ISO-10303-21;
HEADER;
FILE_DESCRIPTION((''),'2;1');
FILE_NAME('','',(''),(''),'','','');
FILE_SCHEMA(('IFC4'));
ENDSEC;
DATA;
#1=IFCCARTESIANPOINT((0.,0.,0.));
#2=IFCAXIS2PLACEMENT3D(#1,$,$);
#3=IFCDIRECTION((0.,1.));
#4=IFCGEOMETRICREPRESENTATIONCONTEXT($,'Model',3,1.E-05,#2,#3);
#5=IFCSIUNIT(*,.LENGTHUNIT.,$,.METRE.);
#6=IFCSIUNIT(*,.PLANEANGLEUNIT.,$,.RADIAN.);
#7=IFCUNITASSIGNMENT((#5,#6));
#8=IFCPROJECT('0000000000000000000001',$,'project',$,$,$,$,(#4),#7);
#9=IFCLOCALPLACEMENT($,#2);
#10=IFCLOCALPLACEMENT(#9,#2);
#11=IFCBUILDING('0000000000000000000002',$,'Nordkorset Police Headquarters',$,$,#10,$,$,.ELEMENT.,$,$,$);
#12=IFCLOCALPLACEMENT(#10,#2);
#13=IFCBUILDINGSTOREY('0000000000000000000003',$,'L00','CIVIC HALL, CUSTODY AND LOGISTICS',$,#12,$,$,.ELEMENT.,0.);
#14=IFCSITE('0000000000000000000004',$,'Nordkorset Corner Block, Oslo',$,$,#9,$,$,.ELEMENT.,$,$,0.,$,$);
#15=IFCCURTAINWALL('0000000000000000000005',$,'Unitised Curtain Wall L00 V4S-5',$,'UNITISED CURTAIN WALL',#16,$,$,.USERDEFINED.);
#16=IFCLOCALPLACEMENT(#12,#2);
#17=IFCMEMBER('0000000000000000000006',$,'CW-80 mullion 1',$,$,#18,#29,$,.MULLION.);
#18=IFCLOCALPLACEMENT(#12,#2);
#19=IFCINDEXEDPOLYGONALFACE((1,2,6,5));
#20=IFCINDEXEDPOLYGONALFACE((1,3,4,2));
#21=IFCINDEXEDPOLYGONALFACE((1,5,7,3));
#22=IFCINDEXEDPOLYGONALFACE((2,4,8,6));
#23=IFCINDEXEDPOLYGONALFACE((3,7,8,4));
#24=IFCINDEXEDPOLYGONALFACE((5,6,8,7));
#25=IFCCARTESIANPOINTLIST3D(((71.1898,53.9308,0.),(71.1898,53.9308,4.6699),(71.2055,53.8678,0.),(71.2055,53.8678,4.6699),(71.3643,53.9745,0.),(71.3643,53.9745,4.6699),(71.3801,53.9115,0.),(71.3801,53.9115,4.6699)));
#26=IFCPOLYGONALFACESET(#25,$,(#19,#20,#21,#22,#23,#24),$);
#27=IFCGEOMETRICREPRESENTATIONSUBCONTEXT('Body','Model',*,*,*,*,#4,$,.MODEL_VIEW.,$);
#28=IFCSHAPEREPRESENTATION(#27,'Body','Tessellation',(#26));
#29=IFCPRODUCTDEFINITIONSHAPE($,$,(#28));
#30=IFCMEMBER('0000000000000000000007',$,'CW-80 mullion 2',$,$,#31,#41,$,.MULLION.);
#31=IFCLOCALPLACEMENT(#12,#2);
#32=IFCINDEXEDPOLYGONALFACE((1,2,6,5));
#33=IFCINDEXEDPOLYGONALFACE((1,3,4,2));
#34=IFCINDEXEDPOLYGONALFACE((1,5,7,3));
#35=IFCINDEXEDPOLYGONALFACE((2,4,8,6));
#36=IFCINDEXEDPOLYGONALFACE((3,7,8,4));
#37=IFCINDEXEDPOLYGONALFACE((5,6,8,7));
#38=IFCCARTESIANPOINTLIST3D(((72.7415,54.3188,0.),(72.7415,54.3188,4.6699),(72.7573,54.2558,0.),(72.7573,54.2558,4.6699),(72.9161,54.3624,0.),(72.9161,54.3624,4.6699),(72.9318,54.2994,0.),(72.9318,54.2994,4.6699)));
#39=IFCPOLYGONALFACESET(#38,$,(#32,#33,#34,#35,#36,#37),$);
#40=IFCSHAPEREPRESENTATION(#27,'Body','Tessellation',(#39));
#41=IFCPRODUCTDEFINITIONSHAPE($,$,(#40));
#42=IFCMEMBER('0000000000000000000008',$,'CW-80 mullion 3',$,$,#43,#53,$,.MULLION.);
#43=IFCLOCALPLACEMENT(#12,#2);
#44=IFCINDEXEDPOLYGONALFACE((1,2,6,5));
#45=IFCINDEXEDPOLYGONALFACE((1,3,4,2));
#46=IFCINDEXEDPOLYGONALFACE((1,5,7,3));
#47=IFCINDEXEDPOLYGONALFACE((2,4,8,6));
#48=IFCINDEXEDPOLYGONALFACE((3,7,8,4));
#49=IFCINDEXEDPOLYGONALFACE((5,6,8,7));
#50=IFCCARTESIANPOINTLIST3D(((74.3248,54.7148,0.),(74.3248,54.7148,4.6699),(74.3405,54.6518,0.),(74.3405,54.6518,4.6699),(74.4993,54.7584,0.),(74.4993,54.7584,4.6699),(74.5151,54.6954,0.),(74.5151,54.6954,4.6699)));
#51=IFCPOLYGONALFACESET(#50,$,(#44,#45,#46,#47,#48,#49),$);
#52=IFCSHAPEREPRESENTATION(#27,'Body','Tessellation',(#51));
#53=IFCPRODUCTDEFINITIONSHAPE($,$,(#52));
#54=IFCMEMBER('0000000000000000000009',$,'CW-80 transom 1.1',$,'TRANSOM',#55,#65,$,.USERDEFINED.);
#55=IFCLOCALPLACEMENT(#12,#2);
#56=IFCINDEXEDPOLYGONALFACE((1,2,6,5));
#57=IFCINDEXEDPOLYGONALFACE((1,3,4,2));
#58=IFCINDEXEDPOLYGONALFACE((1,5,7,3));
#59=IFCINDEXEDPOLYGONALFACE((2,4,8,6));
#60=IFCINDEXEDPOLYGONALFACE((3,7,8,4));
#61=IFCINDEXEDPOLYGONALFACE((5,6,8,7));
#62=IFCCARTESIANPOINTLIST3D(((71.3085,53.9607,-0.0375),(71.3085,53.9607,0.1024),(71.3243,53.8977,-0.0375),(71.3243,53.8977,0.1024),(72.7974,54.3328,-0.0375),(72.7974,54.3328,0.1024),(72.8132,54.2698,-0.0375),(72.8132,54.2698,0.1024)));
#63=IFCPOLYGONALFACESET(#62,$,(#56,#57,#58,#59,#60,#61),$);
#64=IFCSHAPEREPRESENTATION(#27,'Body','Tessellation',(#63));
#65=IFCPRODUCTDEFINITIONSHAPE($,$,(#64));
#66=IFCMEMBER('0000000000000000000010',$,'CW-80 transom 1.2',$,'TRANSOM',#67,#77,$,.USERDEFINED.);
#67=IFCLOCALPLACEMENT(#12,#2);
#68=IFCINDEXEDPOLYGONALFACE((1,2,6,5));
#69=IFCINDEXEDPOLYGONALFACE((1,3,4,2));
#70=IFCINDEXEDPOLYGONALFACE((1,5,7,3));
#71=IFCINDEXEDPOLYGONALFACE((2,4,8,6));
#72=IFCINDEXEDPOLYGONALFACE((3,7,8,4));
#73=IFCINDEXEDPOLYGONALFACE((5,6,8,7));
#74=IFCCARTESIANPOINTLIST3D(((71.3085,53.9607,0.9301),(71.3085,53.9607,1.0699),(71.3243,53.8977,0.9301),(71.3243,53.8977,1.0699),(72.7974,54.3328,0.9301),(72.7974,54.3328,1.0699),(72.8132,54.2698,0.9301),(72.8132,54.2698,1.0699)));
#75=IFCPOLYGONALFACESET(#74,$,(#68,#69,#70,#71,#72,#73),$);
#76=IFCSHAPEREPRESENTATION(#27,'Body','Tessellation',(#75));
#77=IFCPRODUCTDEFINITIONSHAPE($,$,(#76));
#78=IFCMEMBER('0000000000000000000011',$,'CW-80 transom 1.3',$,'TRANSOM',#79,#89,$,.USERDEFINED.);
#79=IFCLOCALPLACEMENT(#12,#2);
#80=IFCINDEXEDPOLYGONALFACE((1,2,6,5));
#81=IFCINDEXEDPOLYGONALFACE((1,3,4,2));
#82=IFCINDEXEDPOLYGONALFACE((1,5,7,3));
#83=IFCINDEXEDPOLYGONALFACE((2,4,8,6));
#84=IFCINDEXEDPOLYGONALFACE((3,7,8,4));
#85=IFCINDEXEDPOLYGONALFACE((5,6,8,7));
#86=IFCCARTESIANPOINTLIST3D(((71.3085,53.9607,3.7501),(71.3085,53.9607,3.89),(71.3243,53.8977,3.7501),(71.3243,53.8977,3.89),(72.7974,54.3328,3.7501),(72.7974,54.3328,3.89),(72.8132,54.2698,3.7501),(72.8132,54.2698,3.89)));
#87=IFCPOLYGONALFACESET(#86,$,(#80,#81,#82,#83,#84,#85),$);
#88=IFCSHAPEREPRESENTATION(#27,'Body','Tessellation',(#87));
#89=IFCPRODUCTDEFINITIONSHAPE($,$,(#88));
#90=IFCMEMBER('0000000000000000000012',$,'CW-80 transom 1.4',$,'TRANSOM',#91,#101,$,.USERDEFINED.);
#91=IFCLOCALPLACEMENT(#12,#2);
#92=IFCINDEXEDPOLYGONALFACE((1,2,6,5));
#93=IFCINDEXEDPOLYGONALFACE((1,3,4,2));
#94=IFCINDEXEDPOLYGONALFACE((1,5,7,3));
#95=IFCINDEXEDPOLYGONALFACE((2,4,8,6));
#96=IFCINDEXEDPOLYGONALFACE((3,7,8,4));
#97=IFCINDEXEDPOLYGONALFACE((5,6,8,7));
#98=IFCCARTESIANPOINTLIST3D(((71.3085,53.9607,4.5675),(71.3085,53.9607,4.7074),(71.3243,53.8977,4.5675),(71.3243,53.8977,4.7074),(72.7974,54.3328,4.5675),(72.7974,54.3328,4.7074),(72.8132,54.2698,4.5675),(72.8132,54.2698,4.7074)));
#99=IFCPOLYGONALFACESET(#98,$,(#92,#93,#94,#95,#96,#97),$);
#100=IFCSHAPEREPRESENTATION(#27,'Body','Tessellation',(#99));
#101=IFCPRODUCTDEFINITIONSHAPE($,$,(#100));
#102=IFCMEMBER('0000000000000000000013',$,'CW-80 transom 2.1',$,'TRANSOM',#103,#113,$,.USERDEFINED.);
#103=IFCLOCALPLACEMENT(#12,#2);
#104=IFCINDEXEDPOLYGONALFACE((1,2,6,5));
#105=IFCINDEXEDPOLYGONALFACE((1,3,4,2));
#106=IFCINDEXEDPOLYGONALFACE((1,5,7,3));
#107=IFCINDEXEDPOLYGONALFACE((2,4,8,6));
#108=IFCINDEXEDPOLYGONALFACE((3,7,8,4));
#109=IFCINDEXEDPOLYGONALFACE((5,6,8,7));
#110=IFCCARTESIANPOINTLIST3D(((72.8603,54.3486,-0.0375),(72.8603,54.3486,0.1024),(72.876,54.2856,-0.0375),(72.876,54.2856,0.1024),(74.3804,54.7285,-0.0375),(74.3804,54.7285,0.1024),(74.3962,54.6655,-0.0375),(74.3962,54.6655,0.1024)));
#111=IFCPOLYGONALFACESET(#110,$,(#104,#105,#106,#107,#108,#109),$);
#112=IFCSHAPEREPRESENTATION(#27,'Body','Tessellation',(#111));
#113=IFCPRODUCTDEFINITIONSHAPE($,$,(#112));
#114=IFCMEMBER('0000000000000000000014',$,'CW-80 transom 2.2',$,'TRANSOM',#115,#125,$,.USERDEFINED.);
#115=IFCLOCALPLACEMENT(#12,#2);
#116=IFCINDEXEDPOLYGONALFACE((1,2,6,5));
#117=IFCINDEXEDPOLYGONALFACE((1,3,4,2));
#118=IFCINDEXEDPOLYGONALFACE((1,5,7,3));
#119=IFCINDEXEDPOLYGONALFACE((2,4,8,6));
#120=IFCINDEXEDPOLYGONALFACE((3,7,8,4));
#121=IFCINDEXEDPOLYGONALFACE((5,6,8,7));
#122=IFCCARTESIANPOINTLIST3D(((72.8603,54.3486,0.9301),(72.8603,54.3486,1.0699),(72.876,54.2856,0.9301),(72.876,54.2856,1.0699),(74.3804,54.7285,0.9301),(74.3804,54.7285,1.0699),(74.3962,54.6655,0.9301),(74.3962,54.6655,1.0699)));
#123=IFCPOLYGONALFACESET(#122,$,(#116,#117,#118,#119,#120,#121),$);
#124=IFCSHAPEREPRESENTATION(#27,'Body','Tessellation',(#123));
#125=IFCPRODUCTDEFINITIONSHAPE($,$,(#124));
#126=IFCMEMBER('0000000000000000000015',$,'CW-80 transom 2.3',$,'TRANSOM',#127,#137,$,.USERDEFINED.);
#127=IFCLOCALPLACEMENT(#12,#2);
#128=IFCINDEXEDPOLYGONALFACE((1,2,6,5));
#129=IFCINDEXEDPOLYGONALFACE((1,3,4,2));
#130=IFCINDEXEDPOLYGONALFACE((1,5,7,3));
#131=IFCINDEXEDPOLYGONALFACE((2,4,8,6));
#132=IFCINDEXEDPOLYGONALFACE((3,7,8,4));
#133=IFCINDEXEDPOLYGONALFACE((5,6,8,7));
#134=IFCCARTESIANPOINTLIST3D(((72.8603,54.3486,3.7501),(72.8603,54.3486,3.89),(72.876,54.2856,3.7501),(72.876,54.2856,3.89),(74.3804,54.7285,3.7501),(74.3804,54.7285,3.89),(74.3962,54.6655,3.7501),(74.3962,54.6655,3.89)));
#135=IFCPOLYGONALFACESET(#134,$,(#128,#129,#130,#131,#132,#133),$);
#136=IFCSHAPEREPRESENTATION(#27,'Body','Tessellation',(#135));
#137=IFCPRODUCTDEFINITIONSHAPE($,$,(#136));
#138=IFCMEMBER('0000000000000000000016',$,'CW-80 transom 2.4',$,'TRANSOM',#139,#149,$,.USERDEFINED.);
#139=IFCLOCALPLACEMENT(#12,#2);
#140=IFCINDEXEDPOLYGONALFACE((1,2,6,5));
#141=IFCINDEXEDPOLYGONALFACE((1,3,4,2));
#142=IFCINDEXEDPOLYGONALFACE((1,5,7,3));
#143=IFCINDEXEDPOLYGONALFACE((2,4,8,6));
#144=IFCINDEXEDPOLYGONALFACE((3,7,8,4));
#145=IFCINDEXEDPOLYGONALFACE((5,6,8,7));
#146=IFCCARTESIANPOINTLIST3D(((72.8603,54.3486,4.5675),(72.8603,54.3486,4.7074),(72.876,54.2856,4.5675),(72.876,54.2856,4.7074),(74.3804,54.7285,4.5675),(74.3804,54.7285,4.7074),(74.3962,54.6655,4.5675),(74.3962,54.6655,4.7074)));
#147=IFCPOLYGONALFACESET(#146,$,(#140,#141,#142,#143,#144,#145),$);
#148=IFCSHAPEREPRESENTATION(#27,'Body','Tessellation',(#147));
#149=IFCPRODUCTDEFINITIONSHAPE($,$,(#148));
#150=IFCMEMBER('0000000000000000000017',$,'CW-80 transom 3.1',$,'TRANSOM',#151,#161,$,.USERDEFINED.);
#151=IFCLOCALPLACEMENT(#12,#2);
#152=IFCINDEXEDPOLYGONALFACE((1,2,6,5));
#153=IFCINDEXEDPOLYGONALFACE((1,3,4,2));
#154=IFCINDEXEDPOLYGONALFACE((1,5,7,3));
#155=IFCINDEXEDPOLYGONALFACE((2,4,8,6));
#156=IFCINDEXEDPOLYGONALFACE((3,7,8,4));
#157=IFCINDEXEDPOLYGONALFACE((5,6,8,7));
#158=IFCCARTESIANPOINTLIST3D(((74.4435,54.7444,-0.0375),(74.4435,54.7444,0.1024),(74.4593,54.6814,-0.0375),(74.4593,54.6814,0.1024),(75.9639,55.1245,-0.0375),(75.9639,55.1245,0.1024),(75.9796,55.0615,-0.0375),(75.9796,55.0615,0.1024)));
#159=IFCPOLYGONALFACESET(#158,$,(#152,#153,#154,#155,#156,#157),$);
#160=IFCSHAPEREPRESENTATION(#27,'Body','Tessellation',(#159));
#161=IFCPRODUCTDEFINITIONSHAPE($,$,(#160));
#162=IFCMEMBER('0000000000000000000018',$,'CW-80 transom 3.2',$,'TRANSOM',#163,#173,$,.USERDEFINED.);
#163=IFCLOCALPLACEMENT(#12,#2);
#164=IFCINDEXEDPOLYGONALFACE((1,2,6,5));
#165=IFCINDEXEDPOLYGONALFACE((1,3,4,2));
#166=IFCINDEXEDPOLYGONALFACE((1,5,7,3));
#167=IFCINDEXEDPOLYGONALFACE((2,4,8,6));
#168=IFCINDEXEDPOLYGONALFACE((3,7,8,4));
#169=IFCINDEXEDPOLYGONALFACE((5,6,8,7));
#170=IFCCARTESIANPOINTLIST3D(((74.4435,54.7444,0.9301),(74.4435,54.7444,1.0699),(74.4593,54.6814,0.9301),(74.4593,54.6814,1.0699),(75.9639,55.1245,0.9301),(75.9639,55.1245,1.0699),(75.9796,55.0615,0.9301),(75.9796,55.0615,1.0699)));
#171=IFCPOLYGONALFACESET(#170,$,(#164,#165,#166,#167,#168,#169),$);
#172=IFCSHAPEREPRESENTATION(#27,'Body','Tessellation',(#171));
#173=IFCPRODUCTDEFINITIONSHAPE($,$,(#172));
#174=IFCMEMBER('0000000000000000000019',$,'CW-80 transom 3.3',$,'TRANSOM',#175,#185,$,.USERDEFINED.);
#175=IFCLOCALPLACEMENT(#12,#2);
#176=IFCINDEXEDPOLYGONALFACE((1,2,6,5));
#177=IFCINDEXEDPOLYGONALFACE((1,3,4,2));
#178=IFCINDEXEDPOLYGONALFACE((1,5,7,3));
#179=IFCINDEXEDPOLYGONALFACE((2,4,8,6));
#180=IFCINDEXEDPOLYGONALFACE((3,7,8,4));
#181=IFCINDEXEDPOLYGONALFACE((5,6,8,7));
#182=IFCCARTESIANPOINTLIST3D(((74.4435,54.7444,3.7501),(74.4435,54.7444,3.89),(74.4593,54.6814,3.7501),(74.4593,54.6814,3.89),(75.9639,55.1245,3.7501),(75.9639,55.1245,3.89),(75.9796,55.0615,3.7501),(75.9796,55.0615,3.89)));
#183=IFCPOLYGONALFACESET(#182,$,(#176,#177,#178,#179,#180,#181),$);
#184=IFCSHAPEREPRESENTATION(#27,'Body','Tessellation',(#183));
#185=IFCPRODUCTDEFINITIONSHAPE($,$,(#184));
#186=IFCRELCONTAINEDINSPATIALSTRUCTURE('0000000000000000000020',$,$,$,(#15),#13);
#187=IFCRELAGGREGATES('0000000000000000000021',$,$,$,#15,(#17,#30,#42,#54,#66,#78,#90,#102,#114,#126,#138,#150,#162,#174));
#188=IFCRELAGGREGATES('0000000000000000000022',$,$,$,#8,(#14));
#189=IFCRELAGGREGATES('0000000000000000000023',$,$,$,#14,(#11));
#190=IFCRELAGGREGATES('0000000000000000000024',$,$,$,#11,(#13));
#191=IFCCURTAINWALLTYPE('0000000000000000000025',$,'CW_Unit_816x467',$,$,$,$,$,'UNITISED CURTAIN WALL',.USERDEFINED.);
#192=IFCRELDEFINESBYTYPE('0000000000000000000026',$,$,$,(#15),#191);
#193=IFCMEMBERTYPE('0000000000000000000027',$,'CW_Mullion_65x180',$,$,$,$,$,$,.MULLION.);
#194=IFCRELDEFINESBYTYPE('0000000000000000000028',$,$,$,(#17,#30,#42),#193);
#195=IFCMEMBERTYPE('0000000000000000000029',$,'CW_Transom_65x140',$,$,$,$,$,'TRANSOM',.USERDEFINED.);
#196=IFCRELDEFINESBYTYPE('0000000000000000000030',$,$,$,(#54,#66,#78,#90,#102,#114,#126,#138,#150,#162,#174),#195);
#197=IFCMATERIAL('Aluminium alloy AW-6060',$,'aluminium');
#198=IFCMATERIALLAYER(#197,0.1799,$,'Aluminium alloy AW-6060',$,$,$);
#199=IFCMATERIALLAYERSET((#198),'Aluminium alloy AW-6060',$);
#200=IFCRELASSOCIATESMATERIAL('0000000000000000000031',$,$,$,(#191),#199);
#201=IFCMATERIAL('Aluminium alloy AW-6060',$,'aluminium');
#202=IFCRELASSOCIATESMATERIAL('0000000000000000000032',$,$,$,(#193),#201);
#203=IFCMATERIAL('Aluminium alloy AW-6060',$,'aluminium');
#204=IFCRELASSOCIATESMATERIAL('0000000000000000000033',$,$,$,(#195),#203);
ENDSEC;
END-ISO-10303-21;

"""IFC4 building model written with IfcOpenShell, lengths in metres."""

from ifc_helpers import new_model, si_unit, direction, frame, origin, origin_2d, place, context, subcontext, project, spatial, rectangle, extrude, material, layer, layer_set, material_profile, profile_set, type_object, element, aggregate, save


model = new_model("IFC4")

# Units and contexts
model_context = context("Model", 3, precision=1e-05, world=origin(), true_north=direction((0.0, 1.0)))
body_context = subcontext(model_context, "Body", "Model", "MODEL_VIEW")
ifc_project = project(units=[si_unit("LENGTHUNIT", "METRE"), si_unit("PLANEANGLEUNIT", "RADIAN")], contexts=[model_context])

# Site, building, storey
site_placement = place(None, origin())
site = spatial("IfcSite", under=ifc_project, at=site_placement, Name="Nordkorset Corner Block, Oslo", CompositionType="ELEMENT", RefElevation=0.0)
building_placement = place(site_placement, origin())
building = spatial("IfcBuilding", under=site, at=building_placement, Name="Nordkorset Police Headquarters", CompositionType="ELEMENT")
storey_placement = place(building_placement, origin())
storey = spatial("IfcBuildingStorey", under=building, at=storey_placement, Name="L00", Description="CIVIC HALL, CUSTODY AND LOGISTICS", CompositionType="ELEMENT", Elevation=0.0)

# Curtain wall, members
ifc_material_1 = material(Name="Aluminium alloy AW-6060", Category="aluminium")
ifc_layer_1 = layer(ifc_material_1, 0.1799, Name="Aluminium alloy AW-6060")
ifc_layer_set_1 = layer_set([ifc_layer_1], Name="Aluminium alloy AW-6060")
curtain_wall_type = type_object("IfcCurtainWallType", Name="CW_Unit_816x467", ElementType="UNITISED CURTAIN WALL", PredefinedType="USERDEFINED", material=ifc_layer_set_1)
curtain_wall_placement = place(storey_placement, origin())
curtain_wall = element("IfcCurtainWall", 1, at=curtain_wall_placement, inside=storey, type_object=curtain_wall_type, Name="Unitised Curtain Wall L00 V4S-5", ObjectType="UNITISED CURTAIN WALL", PredefinedType="USERDEFINED")
ifc_material_2 = material(Name="Aluminium alloy AW-6060", Category="aluminium")
ifc_material_profile_1 = material_profile(ifc_material_2, rectangle(XDim=0.0649, YDim=0.1799, at=origin_2d()), Name="ALU MULL 65x180")
ifc_profile_set_1 = profile_set([ifc_material_profile_1], Name="Aluminium alloy AW-6060")
member_type_1 = type_object("IfcMemberType", Name="CW_Mullion_65x180", PredefinedType="MULLION", material=ifc_profile_set_1)
member_1_placement = place(storey_placement, frame((71.2849, 53.9211, 0.0), z_axis=(0.0, 0.0, 1.0), x_axis=(-0.242536, 0.970143, 0.0)))
member_1 = element("IfcMember", 2, at=member_1_placement, type_object=member_type_1, Name="CW-80 mullion 1", PredefinedType="MULLION", context=body_context, shape_type="SweptSolid", body=[
    extrude(rectangle(XDim=0.0649, YDim=0.1799, at=origin_2d()), origin(), (0.0, 0.0, 1.0), 4.6699),
])
member_2_placement = place(storey_placement, frame((72.8367, 54.3091, 0.0), z_axis=(0.0, 0.0, 1.0), x_axis=(-0.242536, 0.970143, 0.0)))
member_2 = element("IfcMember", 3, at=member_2_placement, type_object=member_type_1, Name="CW-80 mullion 2", PredefinedType="MULLION", context=body_context, shape_type="SweptSolid", body=[
    extrude(rectangle(XDim=0.0649, YDim=0.1799, at=origin_2d()), origin(), (0.0, 0.0, 1.0), 4.6699),
])
member_3_placement = place(storey_placement, frame((74.4199, 54.7051, 0.0), z_axis=(0.0, 0.0, 1.0), x_axis=(-0.242536, 0.970143, 0.0)))
member_3 = element("IfcMember", 4, at=member_3_placement, type_object=member_type_1, Name="CW-80 mullion 3", PredefinedType="MULLION", context=body_context, shape_type="SweptSolid", body=[
    extrude(rectangle(XDim=0.0649, YDim=0.1799, at=origin_2d()), origin(), (0.0, 0.0, 1.0), 4.6699),
])
ifc_material_3 = material(Name="Aluminium alloy AW-6060", Category="aluminium")
ifc_material_profile_2 = material_profile(ifc_material_3, rectangle(XDim=0.0649, YDim=0.1399, at=origin_2d()), Name="ALU TRAN 65x140")
ifc_profile_set_2 = profile_set([ifc_material_profile_2], Name="Aluminium alloy AW-6060")
member_type_2 = type_object("IfcMemberType", Name="CW_Transom_65x140", ElementType="TRANSOM", PredefinedType="USERDEFINED", material=ifc_profile_set_2)
member_4_placement = place(storey_placement, frame((71.3164, 53.9292, 0.0325), z_axis=(0.970161, 0.242461, 0.0), x_axis=(-0.242461, 0.970161, 0.0)))
member_4 = element("IfcMember", 5, at=member_4_placement, type_object=member_type_2, Name="CW-80 transom 1.1", ObjectType="TRANSOM", PredefinedType="USERDEFINED", context=body_context, shape_type="SweptSolid", body=[
    extrude(rectangle(XDim=0.0649, YDim=0.1399, at=origin_2d()), origin(), (0.0, 0.0, 1.0), 1.5347),
])
member_5_placement = place(storey_placement, frame((71.3164, 53.9292, 1.0), z_axis=(0.970161, 0.242461, 0.0), x_axis=(-0.242461, 0.970161, 0.0)))
member_5 = element("IfcMember", 6, at=member_5_placement, type_object=member_type_2, Name="CW-80 transom 1.2", ObjectType="TRANSOM", PredefinedType="USERDEFINED", context=body_context, shape_type="SweptSolid", body=[
    extrude(rectangle(XDim=0.0649, YDim=0.1399, at=origin_2d()), origin(), (0.0, 0.0, 1.0), 1.5347),
])
member_6_placement = place(storey_placement, frame((71.3164, 53.9292, 3.8201), z_axis=(0.970161, 0.242461, 0.0), x_axis=(-0.242461, 0.970161, 0.0)))
member_6 = element("IfcMember", 7, at=member_6_placement, type_object=member_type_2, Name="CW-80 transom 1.3", ObjectType="TRANSOM", PredefinedType="USERDEFINED", context=body_context, shape_type="SweptSolid", body=[
    extrude(rectangle(XDim=0.0649, YDim=0.1399, at=origin_2d()), origin(), (0.0, 0.0, 1.0), 1.5347),
])
member_7_placement = place(storey_placement, frame((71.3164, 53.9292, 4.6375), z_axis=(0.970161, 0.242461, 0.0), x_axis=(-0.242461, 0.970161, 0.0)))
member_7 = element("IfcMember", 8, at=member_7_placement, type_object=member_type_2, Name="CW-80 transom 1.4", ObjectType="TRANSOM", PredefinedType="USERDEFINED", context=body_context, shape_type="SweptSolid", body=[
    extrude(rectangle(XDim=0.0649, YDim=0.1399, at=origin_2d()), origin(), (0.0, 0.0, 1.0), 1.5347),
])
member_8_placement = place(storey_placement, frame((72.8682, 54.3171, 0.0325), z_axis=(0.97017, 0.242426, 0.0), x_axis=(-0.242426, 0.97017, 0.0)))
member_8 = element("IfcMember", 9, at=member_8_placement, type_object=member_type_2, Name="CW-80 transom 2.1", ObjectType="TRANSOM", PredefinedType="USERDEFINED", context=body_context, shape_type="SweptSolid", body=[
    extrude(rectangle(XDim=0.0649, YDim=0.1399, at=origin_2d()), origin(), (0.0, 0.0, 1.0), 1.5669),
])
member_9_placement = place(storey_placement, frame((72.8682, 54.3171, 1.0), z_axis=(0.97017, 0.242426, 0.0), x_axis=(-0.242426, 0.97017, 0.0)))
member_9 = element("IfcMember", 10, at=member_9_placement, type_object=member_type_2, Name="CW-80 transom 2.2", ObjectType="TRANSOM", PredefinedType="USERDEFINED", context=body_context, shape_type="SweptSolid", body=[
    extrude(rectangle(XDim=0.0649, YDim=0.1399, at=origin_2d()), origin(), (0.0, 0.0, 1.0), 1.5669),
])
member_10_placement = place(storey_placement, frame((72.8682, 54.3171, 3.8201), z_axis=(0.97017, 0.242426, 0.0), x_axis=(-0.242426, 0.97017, 0.0)))
member_10 = element("IfcMember", 11, at=member_10_placement, type_object=member_type_2, Name="CW-80 transom 2.3", ObjectType="TRANSOM", PredefinedType="USERDEFINED", context=body_context, shape_type="SweptSolid", body=[
    extrude(rectangle(XDim=0.0649, YDim=0.1399, at=origin_2d()), origin(), (0.0, 0.0, 1.0), 1.5669),
])
member_11_placement = place(storey_placement, frame((72.8682, 54.3171, 4.6375), z_axis=(0.97017, 0.242426, 0.0), x_axis=(-0.242426, 0.97017, 0.0)))
member_11 = element("IfcMember", 12, at=member_11_placement, type_object=member_type_2, Name="CW-80 transom 2.4", ObjectType="TRANSOM", PredefinedType="USERDEFINED", context=body_context, shape_type="SweptSolid", body=[
    extrude(rectangle(XDim=0.0649, YDim=0.1399, at=origin_2d()), origin(), (0.0, 0.0, 1.0), 1.5669),
])
member_12_placement = place(storey_placement, frame((74.4514, 54.7129, 0.0325), z_axis=(0.970133, 0.242572, 0.0), x_axis=(-0.242572, 0.970133, 0.0)))
member_12 = element("IfcMember", 13, at=member_12_placement, type_object=member_type_2, Name="CW-80 transom 3.1", ObjectType="TRANSOM", PredefinedType="USERDEFINED", context=body_context, shape_type="SweptSolid", body=[
    extrude(rectangle(XDim=0.0649, YDim=0.1399, at=origin_2d()), origin(), (0.0, 0.0, 1.0), 1.5671),
])
member_13_placement = place(storey_placement, frame((74.4514, 54.7129, 1.0), z_axis=(0.970133, 0.242572, 0.0), x_axis=(-0.242572, 0.970133, 0.0)))
member_13 = element("IfcMember", 14, at=member_13_placement, type_object=member_type_2, Name="CW-80 transom 3.2", ObjectType="TRANSOM", PredefinedType="USERDEFINED", context=body_context, shape_type="SweptSolid", body=[
    extrude(rectangle(XDim=0.0649, YDim=0.1399, at=origin_2d()), origin(), (0.0, 0.0, 1.0), 1.5671),
])
member_14_placement = place(storey_placement, frame((74.4514, 54.7129, 3.8201), z_axis=(0.970133, 0.242572, 0.0), x_axis=(-0.242572, 0.970133, 0.0)))
member_14 = element("IfcMember", 15, at=member_14_placement, type_object=member_type_2, Name="CW-80 transom 3.3", ObjectType="TRANSOM", PredefinedType="USERDEFINED", context=body_context, shape_type="SweptSolid", body=[
    extrude(rectangle(XDim=0.0649, YDim=0.1399, at=origin_2d()), origin(), (0.0, 0.0, 1.0), 1.5671),
])

aggregate(curtain_wall, [member_1, member_2, member_3, member_4, member_5, member_6, member_7, member_8, member_9, member_10, member_11, member_12, member_13, member_14])

save(model, "model.ifc")
